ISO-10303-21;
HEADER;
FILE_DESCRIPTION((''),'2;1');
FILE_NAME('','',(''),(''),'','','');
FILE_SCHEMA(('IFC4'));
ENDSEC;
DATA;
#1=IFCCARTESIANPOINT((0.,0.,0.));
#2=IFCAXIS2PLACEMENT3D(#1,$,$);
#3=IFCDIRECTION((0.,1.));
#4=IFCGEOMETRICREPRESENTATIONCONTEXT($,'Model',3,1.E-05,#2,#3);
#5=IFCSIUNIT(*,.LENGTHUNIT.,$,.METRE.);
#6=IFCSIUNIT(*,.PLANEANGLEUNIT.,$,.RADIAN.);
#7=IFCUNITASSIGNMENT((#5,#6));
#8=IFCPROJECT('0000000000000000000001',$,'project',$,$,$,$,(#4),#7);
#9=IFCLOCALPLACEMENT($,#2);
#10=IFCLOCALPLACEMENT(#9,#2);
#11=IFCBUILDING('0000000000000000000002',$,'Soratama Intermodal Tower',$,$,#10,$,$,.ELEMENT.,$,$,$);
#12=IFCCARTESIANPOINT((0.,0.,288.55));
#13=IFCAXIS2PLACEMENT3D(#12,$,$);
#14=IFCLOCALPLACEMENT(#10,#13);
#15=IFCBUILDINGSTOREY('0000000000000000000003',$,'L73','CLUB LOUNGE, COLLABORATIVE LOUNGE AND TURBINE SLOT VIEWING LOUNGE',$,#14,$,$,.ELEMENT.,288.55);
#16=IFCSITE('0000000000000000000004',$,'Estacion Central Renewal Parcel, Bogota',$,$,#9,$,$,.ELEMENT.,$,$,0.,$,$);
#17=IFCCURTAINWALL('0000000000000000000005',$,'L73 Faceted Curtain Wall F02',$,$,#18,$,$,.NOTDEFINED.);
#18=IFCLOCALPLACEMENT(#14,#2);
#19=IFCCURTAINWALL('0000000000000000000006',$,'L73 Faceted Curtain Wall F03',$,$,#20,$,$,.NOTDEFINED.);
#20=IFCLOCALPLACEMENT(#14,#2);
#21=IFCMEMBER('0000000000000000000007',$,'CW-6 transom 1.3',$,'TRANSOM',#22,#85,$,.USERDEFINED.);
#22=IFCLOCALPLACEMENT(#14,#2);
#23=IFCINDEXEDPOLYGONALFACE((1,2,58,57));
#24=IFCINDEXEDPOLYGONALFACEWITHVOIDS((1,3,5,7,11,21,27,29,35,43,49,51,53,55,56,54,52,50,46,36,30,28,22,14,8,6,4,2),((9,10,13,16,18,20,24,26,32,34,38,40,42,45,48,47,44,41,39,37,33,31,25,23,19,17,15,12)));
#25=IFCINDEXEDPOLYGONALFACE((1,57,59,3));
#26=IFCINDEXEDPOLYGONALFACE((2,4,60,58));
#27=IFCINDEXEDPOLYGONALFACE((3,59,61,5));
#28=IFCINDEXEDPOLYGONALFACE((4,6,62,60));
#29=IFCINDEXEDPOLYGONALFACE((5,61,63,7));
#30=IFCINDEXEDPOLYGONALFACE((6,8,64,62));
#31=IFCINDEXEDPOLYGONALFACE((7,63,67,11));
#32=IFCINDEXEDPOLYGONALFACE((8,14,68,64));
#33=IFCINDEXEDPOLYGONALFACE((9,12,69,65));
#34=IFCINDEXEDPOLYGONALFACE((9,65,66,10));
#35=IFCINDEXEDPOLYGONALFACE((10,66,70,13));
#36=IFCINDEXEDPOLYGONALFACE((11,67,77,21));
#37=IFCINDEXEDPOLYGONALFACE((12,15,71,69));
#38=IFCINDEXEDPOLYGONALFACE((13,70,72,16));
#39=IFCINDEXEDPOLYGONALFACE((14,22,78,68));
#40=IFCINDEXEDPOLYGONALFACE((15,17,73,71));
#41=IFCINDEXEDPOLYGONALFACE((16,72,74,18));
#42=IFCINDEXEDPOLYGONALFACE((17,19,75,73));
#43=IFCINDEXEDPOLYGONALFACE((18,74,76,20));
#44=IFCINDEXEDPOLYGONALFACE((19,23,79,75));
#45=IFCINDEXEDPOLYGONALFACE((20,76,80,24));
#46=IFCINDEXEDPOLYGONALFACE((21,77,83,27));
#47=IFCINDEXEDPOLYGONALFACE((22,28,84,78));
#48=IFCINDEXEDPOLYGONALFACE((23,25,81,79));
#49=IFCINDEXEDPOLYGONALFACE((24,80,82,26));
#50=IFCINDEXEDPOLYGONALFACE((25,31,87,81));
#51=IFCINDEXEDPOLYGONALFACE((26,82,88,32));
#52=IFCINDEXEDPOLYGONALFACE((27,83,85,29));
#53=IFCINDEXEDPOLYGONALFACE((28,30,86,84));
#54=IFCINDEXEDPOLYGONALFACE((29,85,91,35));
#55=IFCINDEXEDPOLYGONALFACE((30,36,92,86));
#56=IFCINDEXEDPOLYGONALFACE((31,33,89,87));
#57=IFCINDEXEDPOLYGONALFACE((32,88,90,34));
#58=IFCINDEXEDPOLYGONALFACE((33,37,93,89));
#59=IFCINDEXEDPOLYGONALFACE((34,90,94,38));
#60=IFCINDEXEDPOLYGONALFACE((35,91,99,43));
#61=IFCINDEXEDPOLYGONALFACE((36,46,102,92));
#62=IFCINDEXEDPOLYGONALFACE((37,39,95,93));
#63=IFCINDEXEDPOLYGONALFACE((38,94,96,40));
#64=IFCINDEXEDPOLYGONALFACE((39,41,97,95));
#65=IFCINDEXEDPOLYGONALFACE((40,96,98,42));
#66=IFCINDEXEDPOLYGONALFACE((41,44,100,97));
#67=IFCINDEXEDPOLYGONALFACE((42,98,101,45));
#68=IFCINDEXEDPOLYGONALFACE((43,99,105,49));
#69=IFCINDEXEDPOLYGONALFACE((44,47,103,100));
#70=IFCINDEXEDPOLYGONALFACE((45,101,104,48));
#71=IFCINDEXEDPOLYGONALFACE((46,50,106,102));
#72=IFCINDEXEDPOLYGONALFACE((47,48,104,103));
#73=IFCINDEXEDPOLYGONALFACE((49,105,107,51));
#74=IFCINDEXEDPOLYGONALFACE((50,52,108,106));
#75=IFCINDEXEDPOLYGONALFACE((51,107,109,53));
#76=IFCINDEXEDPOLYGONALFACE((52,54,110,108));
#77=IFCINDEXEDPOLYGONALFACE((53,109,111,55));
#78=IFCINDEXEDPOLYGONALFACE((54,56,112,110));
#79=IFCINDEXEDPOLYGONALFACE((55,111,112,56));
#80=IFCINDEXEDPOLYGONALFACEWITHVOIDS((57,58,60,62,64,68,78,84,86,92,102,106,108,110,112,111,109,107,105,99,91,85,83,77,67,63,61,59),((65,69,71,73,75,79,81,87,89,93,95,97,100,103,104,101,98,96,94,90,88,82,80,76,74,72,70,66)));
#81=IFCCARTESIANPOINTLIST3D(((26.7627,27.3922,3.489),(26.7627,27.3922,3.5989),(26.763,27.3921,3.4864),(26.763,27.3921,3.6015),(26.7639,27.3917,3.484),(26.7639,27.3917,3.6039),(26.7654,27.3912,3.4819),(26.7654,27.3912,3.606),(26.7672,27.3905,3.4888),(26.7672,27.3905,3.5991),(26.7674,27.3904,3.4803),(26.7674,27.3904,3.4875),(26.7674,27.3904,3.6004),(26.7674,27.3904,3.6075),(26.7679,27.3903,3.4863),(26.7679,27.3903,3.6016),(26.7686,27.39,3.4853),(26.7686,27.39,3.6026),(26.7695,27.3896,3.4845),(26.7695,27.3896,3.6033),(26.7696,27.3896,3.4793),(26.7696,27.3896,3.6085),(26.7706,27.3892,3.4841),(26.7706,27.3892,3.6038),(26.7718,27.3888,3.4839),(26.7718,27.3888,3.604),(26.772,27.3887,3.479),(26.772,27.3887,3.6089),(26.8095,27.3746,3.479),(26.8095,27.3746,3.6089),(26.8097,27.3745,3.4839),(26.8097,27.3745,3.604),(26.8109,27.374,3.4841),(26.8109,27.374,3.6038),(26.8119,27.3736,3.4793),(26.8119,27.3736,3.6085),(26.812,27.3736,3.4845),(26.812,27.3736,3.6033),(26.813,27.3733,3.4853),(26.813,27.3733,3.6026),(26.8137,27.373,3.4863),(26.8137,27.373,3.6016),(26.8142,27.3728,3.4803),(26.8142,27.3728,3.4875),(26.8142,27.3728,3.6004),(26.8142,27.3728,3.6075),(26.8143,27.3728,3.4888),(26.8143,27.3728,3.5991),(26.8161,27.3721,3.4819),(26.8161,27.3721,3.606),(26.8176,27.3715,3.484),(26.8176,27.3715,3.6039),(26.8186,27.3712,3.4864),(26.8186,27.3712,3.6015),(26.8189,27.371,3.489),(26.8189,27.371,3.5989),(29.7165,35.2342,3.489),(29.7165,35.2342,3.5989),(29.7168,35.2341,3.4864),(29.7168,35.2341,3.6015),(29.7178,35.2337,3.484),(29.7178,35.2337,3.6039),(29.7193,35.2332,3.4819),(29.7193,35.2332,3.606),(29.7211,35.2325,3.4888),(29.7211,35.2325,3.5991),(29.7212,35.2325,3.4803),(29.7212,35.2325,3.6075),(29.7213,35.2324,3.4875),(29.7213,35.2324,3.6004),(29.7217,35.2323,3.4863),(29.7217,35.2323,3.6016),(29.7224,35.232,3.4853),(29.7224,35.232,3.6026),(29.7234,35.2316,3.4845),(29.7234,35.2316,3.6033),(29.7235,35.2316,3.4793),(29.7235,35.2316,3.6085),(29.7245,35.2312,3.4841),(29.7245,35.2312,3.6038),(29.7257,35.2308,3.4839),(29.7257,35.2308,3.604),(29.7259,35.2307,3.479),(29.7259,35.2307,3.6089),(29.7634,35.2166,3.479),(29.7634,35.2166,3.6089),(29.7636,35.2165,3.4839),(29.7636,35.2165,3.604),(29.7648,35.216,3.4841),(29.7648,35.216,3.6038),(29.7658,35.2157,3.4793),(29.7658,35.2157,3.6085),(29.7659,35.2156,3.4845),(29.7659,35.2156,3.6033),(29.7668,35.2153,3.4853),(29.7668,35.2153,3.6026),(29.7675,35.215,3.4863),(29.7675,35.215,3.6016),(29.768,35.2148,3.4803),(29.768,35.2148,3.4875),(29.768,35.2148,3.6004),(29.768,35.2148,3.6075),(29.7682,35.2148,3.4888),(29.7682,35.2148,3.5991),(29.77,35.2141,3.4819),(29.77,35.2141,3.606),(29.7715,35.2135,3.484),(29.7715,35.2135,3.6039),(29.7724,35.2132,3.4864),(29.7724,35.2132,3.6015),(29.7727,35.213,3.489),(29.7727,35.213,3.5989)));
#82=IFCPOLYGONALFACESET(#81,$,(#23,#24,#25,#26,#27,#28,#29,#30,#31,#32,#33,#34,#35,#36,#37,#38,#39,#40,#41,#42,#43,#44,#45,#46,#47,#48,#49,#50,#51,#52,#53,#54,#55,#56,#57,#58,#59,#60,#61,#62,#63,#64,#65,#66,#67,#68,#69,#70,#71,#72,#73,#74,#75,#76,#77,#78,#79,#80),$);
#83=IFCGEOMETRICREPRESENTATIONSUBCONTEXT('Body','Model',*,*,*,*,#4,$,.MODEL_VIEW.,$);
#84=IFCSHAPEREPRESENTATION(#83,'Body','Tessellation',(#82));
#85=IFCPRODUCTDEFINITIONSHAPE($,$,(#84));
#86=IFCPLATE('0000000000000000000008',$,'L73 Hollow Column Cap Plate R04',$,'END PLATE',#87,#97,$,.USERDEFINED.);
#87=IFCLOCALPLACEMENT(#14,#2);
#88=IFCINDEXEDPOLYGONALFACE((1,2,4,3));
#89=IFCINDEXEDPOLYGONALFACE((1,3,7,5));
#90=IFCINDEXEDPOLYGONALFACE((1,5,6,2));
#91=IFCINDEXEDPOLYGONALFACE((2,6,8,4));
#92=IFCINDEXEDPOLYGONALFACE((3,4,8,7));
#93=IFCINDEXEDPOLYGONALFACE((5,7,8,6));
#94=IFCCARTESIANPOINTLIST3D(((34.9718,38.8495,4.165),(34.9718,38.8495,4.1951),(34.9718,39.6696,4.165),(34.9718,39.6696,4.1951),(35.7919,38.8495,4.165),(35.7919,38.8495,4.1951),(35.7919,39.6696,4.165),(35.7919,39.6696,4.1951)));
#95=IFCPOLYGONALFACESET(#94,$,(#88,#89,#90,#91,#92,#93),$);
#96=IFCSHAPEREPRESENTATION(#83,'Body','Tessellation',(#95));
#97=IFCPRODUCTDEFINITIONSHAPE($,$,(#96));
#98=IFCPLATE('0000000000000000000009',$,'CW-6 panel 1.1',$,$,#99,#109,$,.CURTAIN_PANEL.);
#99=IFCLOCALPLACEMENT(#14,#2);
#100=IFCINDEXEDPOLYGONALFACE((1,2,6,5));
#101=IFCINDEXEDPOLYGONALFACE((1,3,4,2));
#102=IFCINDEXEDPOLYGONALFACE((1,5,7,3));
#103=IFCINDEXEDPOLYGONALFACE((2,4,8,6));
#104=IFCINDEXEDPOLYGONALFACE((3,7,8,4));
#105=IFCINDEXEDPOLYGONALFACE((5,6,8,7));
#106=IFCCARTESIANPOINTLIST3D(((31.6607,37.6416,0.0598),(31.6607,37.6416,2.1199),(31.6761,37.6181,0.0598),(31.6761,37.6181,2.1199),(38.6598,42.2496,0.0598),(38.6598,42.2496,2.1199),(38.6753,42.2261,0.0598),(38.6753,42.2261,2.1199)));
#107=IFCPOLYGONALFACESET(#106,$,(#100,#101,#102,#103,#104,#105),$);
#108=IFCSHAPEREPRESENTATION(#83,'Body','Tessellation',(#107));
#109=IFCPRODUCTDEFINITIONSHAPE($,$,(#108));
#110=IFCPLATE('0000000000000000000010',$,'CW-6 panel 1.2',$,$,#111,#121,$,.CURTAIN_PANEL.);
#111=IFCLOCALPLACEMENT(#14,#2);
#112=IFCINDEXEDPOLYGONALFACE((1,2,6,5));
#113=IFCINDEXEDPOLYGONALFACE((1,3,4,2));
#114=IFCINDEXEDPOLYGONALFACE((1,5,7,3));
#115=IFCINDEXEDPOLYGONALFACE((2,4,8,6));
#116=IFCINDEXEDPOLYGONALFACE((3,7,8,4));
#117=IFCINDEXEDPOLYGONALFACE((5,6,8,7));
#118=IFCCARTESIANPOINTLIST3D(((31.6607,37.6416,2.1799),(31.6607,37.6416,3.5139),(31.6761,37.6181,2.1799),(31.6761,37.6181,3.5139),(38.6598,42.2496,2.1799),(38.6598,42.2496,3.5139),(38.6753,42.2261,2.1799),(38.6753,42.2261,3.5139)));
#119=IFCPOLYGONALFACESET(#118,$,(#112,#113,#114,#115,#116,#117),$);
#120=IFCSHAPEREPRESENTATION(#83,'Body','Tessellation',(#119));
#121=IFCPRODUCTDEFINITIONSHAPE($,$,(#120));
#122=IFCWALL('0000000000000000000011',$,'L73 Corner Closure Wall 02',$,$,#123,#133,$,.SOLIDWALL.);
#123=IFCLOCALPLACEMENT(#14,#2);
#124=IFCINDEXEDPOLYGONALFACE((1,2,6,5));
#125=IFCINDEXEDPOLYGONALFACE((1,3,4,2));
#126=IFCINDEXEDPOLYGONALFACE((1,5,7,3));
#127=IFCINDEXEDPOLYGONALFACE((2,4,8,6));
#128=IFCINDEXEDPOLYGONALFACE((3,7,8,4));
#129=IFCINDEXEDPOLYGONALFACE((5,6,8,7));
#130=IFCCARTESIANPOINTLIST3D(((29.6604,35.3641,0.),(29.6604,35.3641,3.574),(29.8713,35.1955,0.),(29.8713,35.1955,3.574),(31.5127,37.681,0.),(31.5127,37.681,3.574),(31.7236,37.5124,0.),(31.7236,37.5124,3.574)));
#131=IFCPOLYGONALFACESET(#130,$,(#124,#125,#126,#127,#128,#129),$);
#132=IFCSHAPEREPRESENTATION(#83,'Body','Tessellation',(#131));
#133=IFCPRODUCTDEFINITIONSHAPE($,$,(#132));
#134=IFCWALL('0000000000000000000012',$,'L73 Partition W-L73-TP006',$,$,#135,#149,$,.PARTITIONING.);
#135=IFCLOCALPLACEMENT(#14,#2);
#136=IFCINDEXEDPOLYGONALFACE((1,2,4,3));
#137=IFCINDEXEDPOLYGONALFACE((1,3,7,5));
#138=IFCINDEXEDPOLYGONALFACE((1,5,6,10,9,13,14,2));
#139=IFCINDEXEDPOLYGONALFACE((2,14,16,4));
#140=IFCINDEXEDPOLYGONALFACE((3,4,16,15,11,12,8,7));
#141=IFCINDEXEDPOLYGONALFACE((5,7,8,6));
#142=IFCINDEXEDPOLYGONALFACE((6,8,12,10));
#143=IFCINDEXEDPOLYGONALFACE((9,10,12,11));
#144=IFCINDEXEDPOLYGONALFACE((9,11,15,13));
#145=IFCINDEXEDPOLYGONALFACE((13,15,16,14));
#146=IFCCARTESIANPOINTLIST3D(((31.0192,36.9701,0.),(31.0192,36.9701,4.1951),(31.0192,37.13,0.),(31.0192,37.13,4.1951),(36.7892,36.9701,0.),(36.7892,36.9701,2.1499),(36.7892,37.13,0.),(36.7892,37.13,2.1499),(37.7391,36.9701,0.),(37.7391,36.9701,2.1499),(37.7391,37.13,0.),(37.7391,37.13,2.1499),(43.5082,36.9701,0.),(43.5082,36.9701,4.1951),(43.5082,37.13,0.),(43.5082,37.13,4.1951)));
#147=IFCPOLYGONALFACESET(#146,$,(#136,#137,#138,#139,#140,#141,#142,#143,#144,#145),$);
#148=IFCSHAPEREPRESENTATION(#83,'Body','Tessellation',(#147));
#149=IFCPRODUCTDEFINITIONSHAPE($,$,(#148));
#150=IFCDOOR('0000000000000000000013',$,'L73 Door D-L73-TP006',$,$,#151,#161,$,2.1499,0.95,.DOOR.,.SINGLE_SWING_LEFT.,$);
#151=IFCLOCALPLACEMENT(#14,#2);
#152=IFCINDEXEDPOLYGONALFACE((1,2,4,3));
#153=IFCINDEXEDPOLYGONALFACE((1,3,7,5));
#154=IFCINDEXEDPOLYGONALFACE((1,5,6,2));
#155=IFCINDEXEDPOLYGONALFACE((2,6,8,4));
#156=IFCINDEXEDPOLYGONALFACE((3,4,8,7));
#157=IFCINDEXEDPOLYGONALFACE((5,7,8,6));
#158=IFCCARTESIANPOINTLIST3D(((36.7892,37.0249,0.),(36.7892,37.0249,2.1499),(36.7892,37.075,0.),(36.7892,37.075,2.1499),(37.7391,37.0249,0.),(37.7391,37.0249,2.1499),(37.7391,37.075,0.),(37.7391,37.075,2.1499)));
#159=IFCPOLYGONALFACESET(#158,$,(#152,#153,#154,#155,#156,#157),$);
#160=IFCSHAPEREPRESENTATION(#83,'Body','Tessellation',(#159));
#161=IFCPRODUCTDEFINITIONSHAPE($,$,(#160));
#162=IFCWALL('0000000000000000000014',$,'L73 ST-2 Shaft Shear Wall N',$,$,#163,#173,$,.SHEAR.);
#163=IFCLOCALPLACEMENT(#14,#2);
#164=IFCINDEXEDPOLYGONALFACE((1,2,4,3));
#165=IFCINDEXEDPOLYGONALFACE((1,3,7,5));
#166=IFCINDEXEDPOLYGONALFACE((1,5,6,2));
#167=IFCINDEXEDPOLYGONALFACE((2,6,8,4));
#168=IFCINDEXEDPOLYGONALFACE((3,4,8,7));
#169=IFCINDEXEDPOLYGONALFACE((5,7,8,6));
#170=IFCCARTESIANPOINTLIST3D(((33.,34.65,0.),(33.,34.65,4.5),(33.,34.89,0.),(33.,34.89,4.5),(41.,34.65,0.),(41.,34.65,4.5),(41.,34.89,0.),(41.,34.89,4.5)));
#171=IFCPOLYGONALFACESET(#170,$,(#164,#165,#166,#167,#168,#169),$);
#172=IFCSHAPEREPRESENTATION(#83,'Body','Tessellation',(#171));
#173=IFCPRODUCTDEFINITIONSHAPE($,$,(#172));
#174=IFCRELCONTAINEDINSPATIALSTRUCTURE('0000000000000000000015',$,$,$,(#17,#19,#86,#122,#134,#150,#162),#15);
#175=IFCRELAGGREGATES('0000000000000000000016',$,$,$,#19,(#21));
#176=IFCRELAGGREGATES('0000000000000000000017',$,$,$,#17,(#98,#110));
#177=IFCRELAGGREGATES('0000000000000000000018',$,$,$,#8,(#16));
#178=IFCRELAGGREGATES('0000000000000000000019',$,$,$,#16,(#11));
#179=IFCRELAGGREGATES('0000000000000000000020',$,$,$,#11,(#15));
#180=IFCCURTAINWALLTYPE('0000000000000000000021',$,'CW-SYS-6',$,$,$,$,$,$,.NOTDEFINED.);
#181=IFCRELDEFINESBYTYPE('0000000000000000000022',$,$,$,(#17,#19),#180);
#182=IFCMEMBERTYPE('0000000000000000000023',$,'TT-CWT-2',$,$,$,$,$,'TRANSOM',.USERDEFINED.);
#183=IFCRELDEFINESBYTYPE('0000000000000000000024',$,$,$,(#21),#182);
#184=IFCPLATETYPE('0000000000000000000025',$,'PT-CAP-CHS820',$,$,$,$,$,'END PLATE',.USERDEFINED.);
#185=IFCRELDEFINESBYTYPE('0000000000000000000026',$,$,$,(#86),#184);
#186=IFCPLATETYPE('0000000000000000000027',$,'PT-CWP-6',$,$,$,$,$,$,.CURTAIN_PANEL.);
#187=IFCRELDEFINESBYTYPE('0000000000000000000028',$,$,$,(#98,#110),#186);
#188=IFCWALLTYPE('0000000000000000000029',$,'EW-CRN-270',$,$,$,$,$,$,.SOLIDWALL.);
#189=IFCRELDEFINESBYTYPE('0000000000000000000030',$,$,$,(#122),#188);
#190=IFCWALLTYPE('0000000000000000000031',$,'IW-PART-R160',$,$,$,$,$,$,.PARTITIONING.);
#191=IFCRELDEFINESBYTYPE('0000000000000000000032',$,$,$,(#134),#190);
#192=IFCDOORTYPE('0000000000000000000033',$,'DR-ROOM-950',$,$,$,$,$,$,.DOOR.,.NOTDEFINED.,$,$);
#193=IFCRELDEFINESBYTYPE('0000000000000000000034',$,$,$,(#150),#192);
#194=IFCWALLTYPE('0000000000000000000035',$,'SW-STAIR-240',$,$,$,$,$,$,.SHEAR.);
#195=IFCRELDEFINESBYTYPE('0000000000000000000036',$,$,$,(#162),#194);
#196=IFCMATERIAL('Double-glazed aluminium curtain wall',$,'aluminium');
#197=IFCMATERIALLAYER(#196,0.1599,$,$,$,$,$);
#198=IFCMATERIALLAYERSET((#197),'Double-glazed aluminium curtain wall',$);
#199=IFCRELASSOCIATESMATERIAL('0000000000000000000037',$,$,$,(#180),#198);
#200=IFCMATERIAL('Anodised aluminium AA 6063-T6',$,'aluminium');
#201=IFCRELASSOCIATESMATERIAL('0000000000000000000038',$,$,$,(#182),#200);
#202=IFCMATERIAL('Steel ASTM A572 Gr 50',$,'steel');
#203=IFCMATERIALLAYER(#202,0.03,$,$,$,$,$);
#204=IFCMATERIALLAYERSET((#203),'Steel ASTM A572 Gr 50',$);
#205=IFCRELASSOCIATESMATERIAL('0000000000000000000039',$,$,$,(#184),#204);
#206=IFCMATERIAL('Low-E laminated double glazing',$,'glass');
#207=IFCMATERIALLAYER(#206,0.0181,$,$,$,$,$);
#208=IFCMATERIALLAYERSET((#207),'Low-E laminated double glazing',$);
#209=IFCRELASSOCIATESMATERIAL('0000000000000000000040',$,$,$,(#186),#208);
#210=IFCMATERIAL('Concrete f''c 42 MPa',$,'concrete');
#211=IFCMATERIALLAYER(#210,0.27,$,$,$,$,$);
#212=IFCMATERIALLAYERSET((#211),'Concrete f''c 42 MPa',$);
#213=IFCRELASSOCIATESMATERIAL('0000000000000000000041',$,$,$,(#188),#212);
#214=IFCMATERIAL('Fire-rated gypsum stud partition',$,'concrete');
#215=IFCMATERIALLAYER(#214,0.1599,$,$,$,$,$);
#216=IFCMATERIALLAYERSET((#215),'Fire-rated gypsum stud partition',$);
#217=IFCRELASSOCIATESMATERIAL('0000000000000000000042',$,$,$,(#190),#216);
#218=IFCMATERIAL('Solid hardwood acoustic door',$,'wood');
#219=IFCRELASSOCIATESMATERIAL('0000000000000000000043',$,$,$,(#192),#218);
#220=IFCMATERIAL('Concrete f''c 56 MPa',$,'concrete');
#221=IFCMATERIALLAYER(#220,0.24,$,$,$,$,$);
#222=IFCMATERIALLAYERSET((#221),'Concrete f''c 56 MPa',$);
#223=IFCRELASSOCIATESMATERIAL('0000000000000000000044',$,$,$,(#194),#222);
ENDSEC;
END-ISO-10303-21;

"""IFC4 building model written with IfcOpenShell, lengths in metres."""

from ifc_helpers import new_model, si_unit, direction, frame, frame_2d, origin, origin_2d, place, context, subcontext, project, spatial, rectangle, hollow_rectangle, extrude, material, layer, layer_set, material_profile, profile_set, type_object, element, fill, aggregate, save


model = new_model("IFC4")

# Units and contexts
model_context = context("Model", 3, precision=1e-05, world=origin(), true_north=direction((0.0, 1.0)))
body_context = subcontext(model_context, "Body", "Model", "MODEL_VIEW")
ifc_project = project(units=[si_unit("LENGTHUNIT", "METRE"), si_unit("PLANEANGLEUNIT", "RADIAN")], contexts=[model_context])

# Site, building, storey
site_placement = place(None, origin())
site = spatial("IfcSite", under=ifc_project, at=site_placement, Name="Estacion Central Renewal Parcel, Bogota", CompositionType="ELEMENT", RefElevation=0.0)
building_placement = place(site_placement, origin())
building = spatial("IfcBuilding", under=site, at=building_placement, Name="Soratama Intermodal Tower", CompositionType="ELEMENT")
storey_placement = place(building_placement, frame((0.0, 0.0, 288.55)))
storey = spatial("IfcBuildingStorey", under=building, at=storey_placement, Name="L73", Description="CLUB LOUNGE, COLLABORATIVE LOUNGE AND TURBINE SLOT VIEWING LOUNGE", CompositionType="ELEMENT", Elevation=288.55)

# Curtain wall
ifc_material_1 = material(Name="Double-glazed aluminium curtain wall", Category="aluminium")
ifc_layer_1 = layer(ifc_material_1, 0.1599)
ifc_layer_set_1 = layer_set([ifc_layer_1], Name="Double-glazed aluminium curtain wall")
curtain_wall_type = type_object("IfcCurtainWallType", Name="CW-SYS-6", PredefinedType="NOTDEFINED", material=ifc_layer_set_1)
curtain_wall_1_placement = place(storey_placement, origin())
curtain_wall_1 = element("IfcCurtainWall", 1, at=curtain_wall_1_placement, inside=storey, type_object=curtain_wall_type, Name="L73 Faceted Curtain Wall F02", PredefinedType="NOTDEFINED")

# Curtain wall, member
curtain_wall_2_placement = place(storey_placement, origin())
curtain_wall_2 = element("IfcCurtainWall", 2, at=curtain_wall_2_placement, inside=storey, type_object=curtain_wall_type, Name="L73 Faceted Curtain Wall F03", PredefinedType="NOTDEFINED")
ifc_material_2 = material(Name="Anodised aluminium AA 6063-T6", Category="aluminium")
ifc_material_profile_1 = material_profile(ifc_material_2, hollow_rectangle(XDim=0.0601, YDim=0.1299, WallThickness=0.0049, InnerFilletRadius=0.0049, OuterFilletRadius=0.01, at=origin_2d()), Name="CWT130X60X5")
ifc_profile_set_1 = profile_set([ifc_material_profile_1], Name="Anodised aluminium AA 6063-T6")
member_type_1 = type_object("IfcMemberType", Name="TT-CWT-2", ElementType="TRANSOM", PredefinedType="USERDEFINED", material=ifc_profile_set_1)
member_1_placement = place(storey_placement, frame((29.7446, 35.2236, 3.5439), z_axis=(-0.352493, -0.935815, 0.0), x_axis=(0.935815, -0.352493, 0.0)))
member_1 = element("IfcMember", 3, at=member_1_placement, type_object=member_type_1, Name="CW-6 transom 1.3", ObjectType="TRANSOM", PredefinedType="USERDEFINED", context=body_context, shape_type="SweptSolid", body=[
    extrude(hollow_rectangle(XDim=0.0601, YDim=0.1299, WallThickness=0.0049, InnerFilletRadius=0.0049, OuterFilletRadius=0.01, at=origin_2d()), origin(), (0.0, 0.0, 1.0), 8.3799),
])
aggregate(curtain_wall_2, [member_1])

# Plates
ifc_material_3 = material(Name="Steel ASTM A572 Gr 50", Category="steel")
ifc_layer_2 = layer(ifc_material_3, 0.03)
ifc_layer_set_2 = layer_set([ifc_layer_2], Name="Steel ASTM A572 Gr 50")
plate_type_1 = type_object("IfcPlateType", Name="PT-CAP-CHS820", ElementType="END PLATE", PredefinedType="USERDEFINED", material=ifc_layer_set_2)
plate_1_placement = place(storey_placement, frame((35.3818, 39.2595, 4.165), z_axis=(0.0, 0.0, 1.0), x_axis=(1.0, 0.0, 0.0)))
element("IfcPlate", 4, at=plate_1_placement, inside=storey, type_object=plate_type_1, Name="L73 Hollow Column Cap Plate R04", ObjectType="END PLATE", PredefinedType="USERDEFINED", context=body_context, shape_type="SweptSolid", body=[
    extrude(rectangle(XDim=0.8201, YDim=0.8201, at=origin_2d()), origin(), (0.0, 0.0, 1.0), 0.03),
])
ifc_material_4 = material(Name="Low-E laminated double glazing", Category="glass")
ifc_layer_3 = layer(ifc_material_4, 0.0181)
ifc_layer_set_3 = layer_set([ifc_layer_3], Name="Low-E laminated double glazing")
plate_type_2 = type_object("IfcPlateType", Name="PT-CWP-6", PredefinedType="CURTAIN_PANEL", material=ifc_layer_set_3)
plate_2_placement = place(storey_placement, frame((35.168, 39.9338, 0.0598), z_axis=(0.0, 0.0, 1.0), x_axis=(-0.835236, -0.549891, 0.0)))
plate_2 = element("IfcPlate", 5, at=plate_2_placement, type_object=plate_type_2, Name="CW-6 panel 1.1", PredefinedType="CURTAIN_PANEL", context=body_context, shape_type="SweptSolid", body=[
    extrude(rectangle(XDim=8.3799, YDim=0.0281, at=origin_2d()), origin(), (0.0, 0.0, 1.0), 2.0601),
])
plate_3_placement = place(storey_placement, frame((35.168, 39.9338, 2.1799), z_axis=(0.0, 0.0, 1.0), x_axis=(-0.835236, -0.549891, 0.0)))
plate_3 = element("IfcPlate", 6, at=plate_3_placement, type_object=plate_type_2, Name="CW-6 panel 1.2", PredefinedType="CURTAIN_PANEL", context=body_context, shape_type="SweptSolid", body=[
    extrude(rectangle(XDim=8.3799, YDim=0.0281, at=origin_2d()), origin(), (0.0, 0.0, 1.0), 1.334),
])
aggregate(curtain_wall_1, [plate_2, plate_3])

# Wall
ifc_material_5 = material(Name="Concrete f'c 42 MPa", Category="concrete")
ifc_layer_4 = layer(ifc_material_5, 0.27)
ifc_layer_set_4 = layer_set([ifc_layer_4], Name="Concrete f'c 42 MPa")
wall_type_1 = type_object("IfcWallType", Name="EW-CRN-270", PredefinedType="SOLIDWALL", material=ifc_layer_set_4)
wall_1_placement = place(storey_placement, frame((31.6182, 37.5967, 0.0), z_axis=(0.0, 0.0, 1.0), x_axis=(-0.624444, -0.78107, 0.0)))
element("IfcWall", 7, at=wall_1_placement, inside=storey, type_object=wall_type_1, Name="L73 Corner Closure Wall 02", PredefinedType="SOLIDWALL", context=body_context, shape_type="SweptSolid", body=[
    extrude(rectangle(XDim=2.9663, YDim=0.27, at=frame_2d((1.4832, 0.0))), origin(), (0.0, 0.0, 1.0), 3.574),
])

# Wall, opening, door
ifc_material_6 = material(Name="Fire-rated gypsum stud partition", Category="concrete")
ifc_layer_5 = layer(ifc_material_6, 0.1599)
ifc_layer_set_5 = layer_set([ifc_layer_5], Name="Fire-rated gypsum stud partition")
wall_type_2 = type_object("IfcWallType", Name="IW-PART-R160", PredefinedType="PARTITIONING", material=ifc_layer_set_5)
wall_2_placement = place(storey_placement, frame((31.019, 37.05, 0.0), z_axis=(0.0, 0.0, 1.0), x_axis=(1.0, 0.0, 0.0)))
wall_2 = element("IfcWall", 8, at=wall_2_placement, inside=storey, type_object=wall_type_2, Name="L73 Partition W-L73-TP006", PredefinedType="PARTITIONING", context=body_context, shape_type="SweptSolid", body=[
    extrude(rectangle(XDim=12.489, YDim=0.1599, at=frame_2d((6.2446, 0.0))), origin(), (0.0, 0.0, 1.0), 4.1951),
])
opening_placement = place(wall_2_placement, frame((5.77, 0.0, 0.0)))
opening = element("IfcOpeningElement", 9, at=opening_placement, cuts=wall_2, PredefinedType="OPENING", context=body_context, shape_type="SweptSolid", body=[
    extrude(rectangle(XDim=0.95, YDim=2.1499, at=frame_2d((0.4751, 1.075))), frame((0.0, 0.0898, 0.0), z_axis=(0.0, -1.0, 0.0), x_axis=(1.0, 0.0, 0.0)), (0.0, 0.0, 1.0), 0.1799),
])
ifc_material_7 = material(Name="Solid hardwood acoustic door", Category="wood")
door_type = type_object("IfcDoorType", Name="DR-ROOM-950", OperationType="NOTDEFINED", PredefinedType="DOOR", material=ifc_material_7)
door_placement = place(opening_placement, origin())
door = element("IfcDoor", 10, at=door_placement, inside=storey, type_object=door_type, Name="L73 Door D-L73-TP006", OperationType="SINGLE_SWING_LEFT", OverallHeight=2.1499, OverallWidth=0.95, PredefinedType="DOOR", context=body_context, shape_type="SweptSolid", body=[
    extrude(rectangle(XDim=0.95, YDim=2.1499, at=frame_2d((0.4751, 1.075))), frame((0.0, 0.0249, 0.0), z_axis=(0.0, -1.0, 0.0), x_axis=(1.0, 0.0, 0.0)), (0.0, 0.0, 1.0), 0.05),
])
fill(opening, door)

# Wall
ifc_material_8 = material(Name="Concrete f'c 56 MPa", Category="concrete")
ifc_layer_6 = layer(ifc_material_8, 0.24)
ifc_layer_set_6 = layer_set([ifc_layer_6], Name="Concrete f'c 56 MPa")
wall_type_3 = type_object("IfcWallType", Name="SW-STAIR-240", PredefinedType="SHEAR", material=ifc_layer_set_6)
wall_3_placement = place(storey_placement, frame((33.0, 34.77, 0.0), z_axis=(0.0, 0.0, 1.0), x_axis=(1.0, 0.0, 0.0)))
element("IfcWall", 11, at=wall_3_placement, inside=storey, type_object=wall_type_3, Name="L73 ST-2 Shaft Shear Wall N", PredefinedType="SHEAR", context=body_context, shape_type="SweptSolid", body=[
    extrude(rectangle(XDim=8.0, YDim=0.24, at=frame_2d((4.0, 0.0))), origin(), (0.0, 0.0, 1.0), 4.5),
])

save(model, "model.ifc")
